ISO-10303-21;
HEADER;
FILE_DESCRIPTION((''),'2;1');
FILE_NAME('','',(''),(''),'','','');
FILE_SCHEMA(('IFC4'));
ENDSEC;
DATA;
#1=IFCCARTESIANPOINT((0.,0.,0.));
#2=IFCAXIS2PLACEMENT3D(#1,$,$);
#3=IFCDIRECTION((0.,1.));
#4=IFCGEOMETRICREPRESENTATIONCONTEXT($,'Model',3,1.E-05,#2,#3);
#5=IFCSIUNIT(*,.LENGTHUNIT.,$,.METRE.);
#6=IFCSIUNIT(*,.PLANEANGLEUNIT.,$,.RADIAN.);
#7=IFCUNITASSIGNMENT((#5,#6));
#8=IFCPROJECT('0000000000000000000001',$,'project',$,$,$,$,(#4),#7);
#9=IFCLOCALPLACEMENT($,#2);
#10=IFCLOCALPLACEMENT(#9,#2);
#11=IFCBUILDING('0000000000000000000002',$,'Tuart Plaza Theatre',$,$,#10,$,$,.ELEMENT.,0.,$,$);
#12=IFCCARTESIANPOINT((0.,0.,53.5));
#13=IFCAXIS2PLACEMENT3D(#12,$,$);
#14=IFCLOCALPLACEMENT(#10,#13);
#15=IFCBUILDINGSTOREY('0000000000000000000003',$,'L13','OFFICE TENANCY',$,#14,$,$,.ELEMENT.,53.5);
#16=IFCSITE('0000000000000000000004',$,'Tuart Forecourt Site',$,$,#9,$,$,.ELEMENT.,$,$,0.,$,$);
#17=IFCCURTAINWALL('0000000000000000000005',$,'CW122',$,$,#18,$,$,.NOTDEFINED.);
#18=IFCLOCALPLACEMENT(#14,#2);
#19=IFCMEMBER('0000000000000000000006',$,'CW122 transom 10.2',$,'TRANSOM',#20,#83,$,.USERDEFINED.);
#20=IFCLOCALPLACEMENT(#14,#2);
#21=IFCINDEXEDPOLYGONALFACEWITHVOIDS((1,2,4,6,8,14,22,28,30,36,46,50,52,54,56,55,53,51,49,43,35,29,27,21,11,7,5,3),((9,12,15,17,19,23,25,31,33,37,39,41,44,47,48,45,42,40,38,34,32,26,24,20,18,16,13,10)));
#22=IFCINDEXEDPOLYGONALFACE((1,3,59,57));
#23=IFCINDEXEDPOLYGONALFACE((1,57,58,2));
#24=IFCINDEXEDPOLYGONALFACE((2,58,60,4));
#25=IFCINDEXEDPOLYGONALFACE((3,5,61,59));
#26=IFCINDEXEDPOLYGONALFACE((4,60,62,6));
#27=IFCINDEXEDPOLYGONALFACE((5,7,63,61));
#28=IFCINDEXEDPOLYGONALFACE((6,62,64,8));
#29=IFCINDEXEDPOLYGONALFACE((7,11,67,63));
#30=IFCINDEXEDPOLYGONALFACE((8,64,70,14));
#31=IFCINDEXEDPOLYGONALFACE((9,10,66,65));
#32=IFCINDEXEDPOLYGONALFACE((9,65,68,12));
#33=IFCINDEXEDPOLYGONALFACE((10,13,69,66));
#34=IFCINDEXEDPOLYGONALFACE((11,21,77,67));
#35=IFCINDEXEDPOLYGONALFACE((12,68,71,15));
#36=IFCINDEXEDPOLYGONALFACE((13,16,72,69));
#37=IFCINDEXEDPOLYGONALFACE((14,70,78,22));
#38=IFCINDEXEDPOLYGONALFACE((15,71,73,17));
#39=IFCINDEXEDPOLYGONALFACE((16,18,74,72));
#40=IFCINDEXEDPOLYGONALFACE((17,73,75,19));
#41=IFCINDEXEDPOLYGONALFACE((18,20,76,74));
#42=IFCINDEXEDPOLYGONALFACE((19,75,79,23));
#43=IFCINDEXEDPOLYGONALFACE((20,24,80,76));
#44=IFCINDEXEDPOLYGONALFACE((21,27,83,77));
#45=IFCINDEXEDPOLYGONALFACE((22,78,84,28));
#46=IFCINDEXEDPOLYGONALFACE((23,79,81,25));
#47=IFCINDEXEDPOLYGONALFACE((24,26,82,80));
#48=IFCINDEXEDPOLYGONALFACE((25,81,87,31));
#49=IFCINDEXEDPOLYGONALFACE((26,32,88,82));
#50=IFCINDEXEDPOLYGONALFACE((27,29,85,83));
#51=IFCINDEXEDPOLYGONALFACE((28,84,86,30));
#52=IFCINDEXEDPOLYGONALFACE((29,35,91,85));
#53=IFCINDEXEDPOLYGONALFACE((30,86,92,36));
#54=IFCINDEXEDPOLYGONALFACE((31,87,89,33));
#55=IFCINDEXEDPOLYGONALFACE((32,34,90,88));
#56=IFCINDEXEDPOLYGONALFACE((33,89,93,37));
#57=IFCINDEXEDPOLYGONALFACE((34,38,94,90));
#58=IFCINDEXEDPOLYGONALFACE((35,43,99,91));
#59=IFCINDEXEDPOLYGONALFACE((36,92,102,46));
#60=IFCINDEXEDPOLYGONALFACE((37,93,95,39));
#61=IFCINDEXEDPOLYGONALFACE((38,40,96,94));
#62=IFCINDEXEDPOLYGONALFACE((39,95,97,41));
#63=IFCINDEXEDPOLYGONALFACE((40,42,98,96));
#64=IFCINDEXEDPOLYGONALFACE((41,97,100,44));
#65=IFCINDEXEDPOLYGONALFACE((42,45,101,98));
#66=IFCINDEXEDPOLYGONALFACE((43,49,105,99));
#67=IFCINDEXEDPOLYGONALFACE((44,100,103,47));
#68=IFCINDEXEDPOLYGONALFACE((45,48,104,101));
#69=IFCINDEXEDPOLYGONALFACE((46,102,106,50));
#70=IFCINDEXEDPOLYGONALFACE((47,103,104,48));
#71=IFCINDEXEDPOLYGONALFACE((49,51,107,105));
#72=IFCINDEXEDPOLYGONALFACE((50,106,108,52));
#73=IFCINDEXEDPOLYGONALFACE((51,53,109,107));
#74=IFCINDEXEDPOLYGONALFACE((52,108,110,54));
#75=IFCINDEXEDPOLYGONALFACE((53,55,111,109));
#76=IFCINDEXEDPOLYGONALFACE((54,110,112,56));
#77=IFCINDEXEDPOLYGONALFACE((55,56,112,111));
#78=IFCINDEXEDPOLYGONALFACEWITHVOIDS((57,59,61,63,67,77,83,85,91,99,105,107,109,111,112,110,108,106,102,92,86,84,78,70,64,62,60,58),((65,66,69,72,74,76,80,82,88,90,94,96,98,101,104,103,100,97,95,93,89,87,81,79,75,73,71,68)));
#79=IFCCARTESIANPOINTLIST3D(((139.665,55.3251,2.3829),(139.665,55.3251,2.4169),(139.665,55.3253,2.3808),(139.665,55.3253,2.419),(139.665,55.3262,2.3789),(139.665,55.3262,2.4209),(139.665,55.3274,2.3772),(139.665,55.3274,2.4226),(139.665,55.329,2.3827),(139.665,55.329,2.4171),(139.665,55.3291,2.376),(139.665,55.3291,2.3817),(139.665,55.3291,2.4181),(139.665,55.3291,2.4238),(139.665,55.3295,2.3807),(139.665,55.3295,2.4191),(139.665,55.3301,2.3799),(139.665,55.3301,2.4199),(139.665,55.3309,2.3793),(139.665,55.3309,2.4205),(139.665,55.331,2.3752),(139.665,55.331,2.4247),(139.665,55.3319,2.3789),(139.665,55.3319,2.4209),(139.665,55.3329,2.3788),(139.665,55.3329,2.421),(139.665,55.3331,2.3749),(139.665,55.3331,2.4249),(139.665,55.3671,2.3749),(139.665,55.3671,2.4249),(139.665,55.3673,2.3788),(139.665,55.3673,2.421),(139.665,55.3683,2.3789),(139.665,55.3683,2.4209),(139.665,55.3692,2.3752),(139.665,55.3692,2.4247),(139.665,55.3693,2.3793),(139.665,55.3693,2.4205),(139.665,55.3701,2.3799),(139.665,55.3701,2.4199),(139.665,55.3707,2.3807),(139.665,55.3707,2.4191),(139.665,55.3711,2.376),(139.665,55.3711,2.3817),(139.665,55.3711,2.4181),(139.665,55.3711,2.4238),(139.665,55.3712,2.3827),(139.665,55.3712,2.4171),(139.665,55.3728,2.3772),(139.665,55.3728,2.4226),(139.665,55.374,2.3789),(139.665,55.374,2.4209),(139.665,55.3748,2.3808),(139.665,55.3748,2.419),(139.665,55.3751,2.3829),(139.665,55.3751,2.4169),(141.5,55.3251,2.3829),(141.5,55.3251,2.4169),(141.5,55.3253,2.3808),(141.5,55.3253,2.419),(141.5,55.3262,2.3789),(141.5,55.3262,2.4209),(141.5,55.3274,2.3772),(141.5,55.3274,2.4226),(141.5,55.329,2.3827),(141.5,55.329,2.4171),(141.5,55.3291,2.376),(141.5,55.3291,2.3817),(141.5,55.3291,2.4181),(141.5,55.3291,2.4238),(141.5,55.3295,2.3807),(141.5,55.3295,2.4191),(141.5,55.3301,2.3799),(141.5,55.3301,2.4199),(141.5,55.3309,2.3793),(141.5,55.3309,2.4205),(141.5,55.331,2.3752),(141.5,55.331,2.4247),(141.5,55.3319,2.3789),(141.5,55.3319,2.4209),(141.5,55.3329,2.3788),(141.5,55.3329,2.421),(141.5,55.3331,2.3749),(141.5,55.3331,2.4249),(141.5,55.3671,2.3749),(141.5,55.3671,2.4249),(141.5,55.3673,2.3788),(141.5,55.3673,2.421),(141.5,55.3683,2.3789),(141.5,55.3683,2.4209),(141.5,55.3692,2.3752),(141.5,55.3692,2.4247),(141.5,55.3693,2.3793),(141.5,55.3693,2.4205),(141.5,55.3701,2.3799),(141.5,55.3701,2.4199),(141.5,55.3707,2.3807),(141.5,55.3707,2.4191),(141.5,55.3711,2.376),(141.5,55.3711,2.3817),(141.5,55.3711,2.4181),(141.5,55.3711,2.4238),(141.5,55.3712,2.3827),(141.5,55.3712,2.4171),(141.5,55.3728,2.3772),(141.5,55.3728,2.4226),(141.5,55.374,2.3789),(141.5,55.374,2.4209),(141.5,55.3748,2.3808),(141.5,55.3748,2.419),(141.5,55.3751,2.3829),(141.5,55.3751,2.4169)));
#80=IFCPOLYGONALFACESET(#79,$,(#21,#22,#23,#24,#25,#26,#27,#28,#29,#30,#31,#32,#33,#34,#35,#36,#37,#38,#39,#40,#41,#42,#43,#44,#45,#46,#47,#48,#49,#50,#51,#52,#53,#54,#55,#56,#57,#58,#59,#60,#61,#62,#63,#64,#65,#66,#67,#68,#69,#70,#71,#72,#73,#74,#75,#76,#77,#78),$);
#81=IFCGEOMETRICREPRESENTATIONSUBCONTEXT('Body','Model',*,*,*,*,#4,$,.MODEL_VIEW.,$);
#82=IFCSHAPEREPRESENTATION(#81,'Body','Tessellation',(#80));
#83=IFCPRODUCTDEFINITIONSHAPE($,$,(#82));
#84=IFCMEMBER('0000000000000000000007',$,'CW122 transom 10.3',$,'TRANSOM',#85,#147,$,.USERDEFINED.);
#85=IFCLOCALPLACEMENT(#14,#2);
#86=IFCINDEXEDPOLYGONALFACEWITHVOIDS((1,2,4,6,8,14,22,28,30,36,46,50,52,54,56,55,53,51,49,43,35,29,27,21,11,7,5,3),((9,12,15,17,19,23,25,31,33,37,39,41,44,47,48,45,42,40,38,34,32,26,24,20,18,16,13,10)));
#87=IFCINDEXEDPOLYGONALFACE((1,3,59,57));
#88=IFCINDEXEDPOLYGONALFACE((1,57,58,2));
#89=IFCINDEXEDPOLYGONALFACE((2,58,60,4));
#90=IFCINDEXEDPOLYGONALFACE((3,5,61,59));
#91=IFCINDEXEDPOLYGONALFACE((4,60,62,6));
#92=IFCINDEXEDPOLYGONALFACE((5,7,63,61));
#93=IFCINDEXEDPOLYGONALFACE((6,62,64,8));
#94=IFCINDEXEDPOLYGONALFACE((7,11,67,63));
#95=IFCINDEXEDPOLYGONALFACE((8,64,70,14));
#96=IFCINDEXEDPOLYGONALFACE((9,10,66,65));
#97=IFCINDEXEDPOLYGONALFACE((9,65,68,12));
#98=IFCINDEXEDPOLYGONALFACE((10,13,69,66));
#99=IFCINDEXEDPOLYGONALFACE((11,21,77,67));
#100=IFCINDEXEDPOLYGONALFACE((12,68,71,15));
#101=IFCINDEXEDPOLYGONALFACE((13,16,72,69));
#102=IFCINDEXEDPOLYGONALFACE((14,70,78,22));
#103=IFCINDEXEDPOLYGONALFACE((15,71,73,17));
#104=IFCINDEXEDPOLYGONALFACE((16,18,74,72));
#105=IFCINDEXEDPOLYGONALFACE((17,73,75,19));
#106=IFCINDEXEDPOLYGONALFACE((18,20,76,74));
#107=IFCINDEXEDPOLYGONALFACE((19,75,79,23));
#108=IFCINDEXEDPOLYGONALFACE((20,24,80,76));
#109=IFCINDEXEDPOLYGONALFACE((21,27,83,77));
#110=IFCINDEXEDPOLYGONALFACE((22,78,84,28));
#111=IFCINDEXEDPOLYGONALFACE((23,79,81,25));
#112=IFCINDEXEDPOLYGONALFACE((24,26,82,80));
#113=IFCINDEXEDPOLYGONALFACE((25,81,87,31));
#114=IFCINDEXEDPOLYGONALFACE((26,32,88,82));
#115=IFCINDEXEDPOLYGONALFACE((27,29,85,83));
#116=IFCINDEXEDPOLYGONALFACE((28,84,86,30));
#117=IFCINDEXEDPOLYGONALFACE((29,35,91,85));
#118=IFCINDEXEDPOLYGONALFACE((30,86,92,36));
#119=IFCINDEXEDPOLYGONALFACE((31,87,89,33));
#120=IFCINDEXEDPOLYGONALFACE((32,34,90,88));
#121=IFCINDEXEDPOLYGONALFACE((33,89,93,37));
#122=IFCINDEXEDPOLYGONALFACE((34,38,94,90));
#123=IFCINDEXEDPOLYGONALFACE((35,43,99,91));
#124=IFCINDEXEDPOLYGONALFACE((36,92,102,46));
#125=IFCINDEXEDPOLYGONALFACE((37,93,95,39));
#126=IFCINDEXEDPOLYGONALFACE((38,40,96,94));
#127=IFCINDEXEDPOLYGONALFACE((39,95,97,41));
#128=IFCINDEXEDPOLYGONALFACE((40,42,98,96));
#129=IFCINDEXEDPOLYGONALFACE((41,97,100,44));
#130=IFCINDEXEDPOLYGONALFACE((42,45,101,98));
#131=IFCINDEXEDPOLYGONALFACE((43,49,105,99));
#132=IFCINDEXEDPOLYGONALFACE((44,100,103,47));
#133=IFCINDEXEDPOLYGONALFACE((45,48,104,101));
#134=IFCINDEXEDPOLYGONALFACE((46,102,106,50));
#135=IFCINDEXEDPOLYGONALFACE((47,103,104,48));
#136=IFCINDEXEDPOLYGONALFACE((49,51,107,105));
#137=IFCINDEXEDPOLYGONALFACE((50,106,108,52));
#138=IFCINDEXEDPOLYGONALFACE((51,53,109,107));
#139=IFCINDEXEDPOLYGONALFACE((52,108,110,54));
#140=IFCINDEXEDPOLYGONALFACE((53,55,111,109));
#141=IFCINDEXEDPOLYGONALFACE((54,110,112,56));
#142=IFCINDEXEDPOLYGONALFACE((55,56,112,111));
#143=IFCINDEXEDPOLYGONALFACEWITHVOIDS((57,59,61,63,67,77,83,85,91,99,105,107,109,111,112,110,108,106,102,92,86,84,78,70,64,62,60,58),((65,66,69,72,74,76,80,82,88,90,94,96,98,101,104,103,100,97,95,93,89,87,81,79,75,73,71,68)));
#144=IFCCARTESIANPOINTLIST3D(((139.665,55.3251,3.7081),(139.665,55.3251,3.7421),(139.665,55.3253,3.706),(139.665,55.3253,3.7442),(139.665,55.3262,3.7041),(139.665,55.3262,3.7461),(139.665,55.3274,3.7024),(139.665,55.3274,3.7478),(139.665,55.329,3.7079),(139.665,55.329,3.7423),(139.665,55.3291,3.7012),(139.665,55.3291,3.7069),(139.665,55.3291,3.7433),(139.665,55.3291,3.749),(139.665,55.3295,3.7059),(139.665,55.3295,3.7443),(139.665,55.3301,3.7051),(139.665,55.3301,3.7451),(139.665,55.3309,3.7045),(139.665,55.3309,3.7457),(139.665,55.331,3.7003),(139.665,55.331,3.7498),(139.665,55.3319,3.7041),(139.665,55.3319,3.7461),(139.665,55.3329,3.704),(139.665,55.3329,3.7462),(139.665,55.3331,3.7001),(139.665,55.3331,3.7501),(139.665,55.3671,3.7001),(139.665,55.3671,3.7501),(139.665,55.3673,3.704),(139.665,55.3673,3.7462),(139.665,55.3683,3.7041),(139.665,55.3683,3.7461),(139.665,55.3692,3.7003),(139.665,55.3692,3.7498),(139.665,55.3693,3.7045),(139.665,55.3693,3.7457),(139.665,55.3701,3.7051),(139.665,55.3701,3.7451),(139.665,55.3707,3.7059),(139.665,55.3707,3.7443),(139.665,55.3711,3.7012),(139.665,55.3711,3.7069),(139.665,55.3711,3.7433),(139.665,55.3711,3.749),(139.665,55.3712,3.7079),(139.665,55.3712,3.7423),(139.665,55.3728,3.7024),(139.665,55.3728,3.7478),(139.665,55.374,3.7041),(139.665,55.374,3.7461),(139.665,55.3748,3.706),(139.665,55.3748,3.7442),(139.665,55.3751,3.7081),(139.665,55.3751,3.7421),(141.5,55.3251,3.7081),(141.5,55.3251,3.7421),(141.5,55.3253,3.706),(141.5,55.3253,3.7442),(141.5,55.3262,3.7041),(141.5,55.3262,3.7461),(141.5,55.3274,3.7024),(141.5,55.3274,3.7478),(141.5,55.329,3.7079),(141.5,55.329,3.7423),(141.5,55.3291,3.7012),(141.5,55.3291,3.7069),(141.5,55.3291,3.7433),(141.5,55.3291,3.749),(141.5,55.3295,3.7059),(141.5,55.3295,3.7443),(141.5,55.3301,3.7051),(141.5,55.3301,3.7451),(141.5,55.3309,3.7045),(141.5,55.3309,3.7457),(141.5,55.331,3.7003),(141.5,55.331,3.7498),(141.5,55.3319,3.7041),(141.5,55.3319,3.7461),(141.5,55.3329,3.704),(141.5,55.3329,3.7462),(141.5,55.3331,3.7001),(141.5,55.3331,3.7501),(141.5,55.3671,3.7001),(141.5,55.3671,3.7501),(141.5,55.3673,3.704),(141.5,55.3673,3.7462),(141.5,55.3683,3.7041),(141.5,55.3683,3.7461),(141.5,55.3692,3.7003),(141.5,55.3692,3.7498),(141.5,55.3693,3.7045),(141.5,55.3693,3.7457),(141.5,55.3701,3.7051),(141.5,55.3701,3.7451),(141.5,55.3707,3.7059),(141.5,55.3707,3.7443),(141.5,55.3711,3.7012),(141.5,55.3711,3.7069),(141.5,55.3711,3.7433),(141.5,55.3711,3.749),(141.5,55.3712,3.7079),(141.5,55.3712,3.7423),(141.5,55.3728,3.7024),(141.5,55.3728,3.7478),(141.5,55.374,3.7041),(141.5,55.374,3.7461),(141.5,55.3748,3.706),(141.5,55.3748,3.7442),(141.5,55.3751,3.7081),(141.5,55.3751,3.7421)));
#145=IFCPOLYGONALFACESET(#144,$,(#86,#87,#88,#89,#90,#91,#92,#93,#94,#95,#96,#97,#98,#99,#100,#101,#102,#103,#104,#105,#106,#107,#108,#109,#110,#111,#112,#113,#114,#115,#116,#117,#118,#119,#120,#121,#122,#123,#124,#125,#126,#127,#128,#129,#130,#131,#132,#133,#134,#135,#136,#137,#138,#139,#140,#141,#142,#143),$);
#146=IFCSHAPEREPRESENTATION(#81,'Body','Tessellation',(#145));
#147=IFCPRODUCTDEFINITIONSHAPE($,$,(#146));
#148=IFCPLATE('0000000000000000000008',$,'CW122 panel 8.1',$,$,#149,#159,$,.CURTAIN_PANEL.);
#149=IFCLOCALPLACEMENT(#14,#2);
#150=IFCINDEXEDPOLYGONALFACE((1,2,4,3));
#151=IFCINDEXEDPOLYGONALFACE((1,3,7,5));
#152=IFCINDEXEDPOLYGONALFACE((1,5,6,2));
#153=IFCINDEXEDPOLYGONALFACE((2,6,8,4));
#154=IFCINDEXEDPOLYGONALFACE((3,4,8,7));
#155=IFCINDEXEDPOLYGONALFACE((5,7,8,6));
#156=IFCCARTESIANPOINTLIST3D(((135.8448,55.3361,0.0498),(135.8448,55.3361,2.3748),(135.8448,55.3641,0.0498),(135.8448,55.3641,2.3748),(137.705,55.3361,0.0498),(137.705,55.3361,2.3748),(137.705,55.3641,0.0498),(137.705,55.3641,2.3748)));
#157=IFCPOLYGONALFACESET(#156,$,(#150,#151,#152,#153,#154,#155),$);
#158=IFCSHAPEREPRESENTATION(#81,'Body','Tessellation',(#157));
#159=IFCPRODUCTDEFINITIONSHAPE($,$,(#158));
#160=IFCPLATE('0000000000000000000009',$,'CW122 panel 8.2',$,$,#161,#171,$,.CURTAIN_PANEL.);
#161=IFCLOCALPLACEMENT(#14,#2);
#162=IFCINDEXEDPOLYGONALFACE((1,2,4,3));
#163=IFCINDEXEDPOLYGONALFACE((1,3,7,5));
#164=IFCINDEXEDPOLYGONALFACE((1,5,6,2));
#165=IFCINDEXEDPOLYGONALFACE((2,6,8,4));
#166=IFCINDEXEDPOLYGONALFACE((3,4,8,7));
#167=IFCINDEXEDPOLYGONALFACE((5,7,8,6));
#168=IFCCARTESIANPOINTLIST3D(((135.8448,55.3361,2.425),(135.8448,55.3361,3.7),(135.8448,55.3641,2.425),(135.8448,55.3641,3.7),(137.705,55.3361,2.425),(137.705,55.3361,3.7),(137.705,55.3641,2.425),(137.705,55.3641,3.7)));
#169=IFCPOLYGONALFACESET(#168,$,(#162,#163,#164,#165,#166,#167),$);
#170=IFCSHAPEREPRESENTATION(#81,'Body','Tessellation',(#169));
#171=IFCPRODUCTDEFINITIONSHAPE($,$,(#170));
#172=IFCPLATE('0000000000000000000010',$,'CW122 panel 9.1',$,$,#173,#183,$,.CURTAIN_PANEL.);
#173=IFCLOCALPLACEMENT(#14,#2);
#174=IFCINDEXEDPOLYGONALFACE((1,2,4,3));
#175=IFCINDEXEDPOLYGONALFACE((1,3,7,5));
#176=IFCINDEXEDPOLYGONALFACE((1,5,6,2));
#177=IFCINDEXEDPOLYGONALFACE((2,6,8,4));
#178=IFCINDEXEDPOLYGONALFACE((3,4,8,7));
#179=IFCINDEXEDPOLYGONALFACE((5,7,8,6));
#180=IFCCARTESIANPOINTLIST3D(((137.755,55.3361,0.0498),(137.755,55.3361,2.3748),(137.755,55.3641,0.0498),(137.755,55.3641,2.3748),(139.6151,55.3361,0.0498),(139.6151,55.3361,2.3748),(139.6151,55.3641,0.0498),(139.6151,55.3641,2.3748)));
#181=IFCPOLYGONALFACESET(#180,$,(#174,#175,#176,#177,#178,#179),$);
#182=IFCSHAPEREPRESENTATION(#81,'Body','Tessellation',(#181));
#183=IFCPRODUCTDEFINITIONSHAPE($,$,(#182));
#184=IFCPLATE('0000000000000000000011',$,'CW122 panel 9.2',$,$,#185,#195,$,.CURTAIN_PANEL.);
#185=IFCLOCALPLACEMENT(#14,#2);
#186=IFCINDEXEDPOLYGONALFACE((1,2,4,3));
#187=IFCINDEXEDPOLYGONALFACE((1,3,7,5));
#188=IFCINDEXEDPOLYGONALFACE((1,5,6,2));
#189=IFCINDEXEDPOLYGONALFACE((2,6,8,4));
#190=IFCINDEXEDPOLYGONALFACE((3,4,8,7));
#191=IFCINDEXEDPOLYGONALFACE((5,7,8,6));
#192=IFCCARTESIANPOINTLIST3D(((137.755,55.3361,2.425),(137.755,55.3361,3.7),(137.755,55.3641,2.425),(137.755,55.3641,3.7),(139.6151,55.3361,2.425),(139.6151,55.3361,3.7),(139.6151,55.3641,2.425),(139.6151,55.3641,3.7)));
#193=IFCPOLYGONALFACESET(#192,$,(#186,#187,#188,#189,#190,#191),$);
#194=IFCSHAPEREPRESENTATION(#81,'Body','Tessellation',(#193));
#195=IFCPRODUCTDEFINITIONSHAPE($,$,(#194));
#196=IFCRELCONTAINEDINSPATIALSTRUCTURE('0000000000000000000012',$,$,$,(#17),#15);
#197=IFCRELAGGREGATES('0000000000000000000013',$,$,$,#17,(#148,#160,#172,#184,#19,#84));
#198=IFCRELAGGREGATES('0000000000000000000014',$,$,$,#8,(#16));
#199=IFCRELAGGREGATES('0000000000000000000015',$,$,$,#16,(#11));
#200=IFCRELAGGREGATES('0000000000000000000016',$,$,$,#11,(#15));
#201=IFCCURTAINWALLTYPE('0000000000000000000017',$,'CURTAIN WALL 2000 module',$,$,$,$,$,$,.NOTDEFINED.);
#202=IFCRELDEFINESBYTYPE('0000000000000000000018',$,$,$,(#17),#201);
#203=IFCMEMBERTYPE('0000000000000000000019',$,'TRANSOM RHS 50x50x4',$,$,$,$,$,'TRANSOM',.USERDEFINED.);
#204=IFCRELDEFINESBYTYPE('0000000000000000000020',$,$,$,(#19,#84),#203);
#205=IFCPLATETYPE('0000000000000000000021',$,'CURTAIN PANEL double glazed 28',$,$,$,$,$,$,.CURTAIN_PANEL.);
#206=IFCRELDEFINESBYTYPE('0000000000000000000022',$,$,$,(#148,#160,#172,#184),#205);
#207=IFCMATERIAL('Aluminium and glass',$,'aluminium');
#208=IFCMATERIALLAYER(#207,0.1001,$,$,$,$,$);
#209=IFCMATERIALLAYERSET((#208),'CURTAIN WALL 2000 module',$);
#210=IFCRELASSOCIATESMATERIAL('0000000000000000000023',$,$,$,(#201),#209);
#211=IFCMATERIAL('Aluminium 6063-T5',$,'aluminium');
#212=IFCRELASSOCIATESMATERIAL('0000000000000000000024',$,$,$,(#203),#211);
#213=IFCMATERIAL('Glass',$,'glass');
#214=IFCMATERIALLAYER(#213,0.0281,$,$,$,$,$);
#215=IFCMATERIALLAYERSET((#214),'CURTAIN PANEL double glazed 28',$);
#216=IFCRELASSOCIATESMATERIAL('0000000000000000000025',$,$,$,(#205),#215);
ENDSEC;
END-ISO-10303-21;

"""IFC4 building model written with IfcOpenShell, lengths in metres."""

from ifc_helpers import new_model, si_unit, direction, frame, origin, origin_2d, place, context, subcontext, project, spatial, rectangle, hollow_rectangle, extrude, material, layer, layer_set, material_profile, profile_set, type_object, element, aggregate, save


model = new_model("IFC4")

# Units and contexts
model_context = context("Model", 3, precision=1e-05, world=origin(), true_north=direction((0.0, 1.0)))
body_context = subcontext(model_context, "Body", "Model", "MODEL_VIEW")
ifc_project = project(units=[si_unit("LENGTHUNIT", "METRE"), si_unit("PLANEANGLEUNIT", "RADIAN")], contexts=[model_context])

# Site, building, storey
site_placement = place(None, origin())
site = spatial("IfcSite", under=ifc_project, at=site_placement, Name="Tuart Forecourt Site", CompositionType="ELEMENT", RefElevation=0.0)
building_placement = place(site_placement, origin())
building = spatial("IfcBuilding", under=site, at=building_placement, Name="Tuart Plaza Theatre", CompositionType="ELEMENT", ElevationOfRefHeight=0.0)
storey_placement = place(building_placement, frame((0.0, 0.0, 53.5)))
storey = spatial("IfcBuildingStorey", under=building, at=storey_placement, Name="L13", Description="OFFICE TENANCY", CompositionType="ELEMENT", Elevation=53.5)

# Curtain wall, members, plates
ifc_material_1 = material(Name="Aluminium and glass", Category="aluminium")
ifc_layer_1 = layer(ifc_material_1, 0.1001)
ifc_layer_set_1 = layer_set([ifc_layer_1], Name="CURTAIN WALL 2000 module")
curtain_wall_type = type_object("IfcCurtainWallType", Name="CURTAIN WALL 2000 module", PredefinedType="NOTDEFINED", material=ifc_layer_set_1)
curtain_wall_placement = place(storey_placement, origin())
curtain_wall = element("IfcCurtainWall", 1, at=curtain_wall_placement, inside=storey, type_object=curtain_wall_type, Name="CW122", PredefinedType="NOTDEFINED")
ifc_material_2 = material(Name="Aluminium 6063-T5", Category="aluminium")
ifc_material_profile_1 = material_profile(ifc_material_2, hollow_rectangle(XDim=0.05, YDim=0.05, WallThickness=0.0039, InnerFilletRadius=0.0039, OuterFilletRadius=0.0081, at=origin_2d()), Name="RHS 50x50x4")
ifc_profile_set_1 = profile_set([ifc_material_profile_1], Name="Aluminium 6063-T5")
member_type_1 = type_object("IfcMemberType", Name="TRANSOM RHS 50x50x4", ElementType="TRANSOM", PredefinedType="USERDEFINED", material=ifc_profile_set_1)
member_1_placement = place(storey_placement, frame((139.665, 55.3501, 2.3999), z_axis=(1.0, 0.0, 0.0), x_axis=(0.0, 1.0, 0.0)))
member_1 = element("IfcMember", 2, at=member_1_placement, type_object=member_type_1, Name="CW122 transom 10.2", ObjectType="TRANSOM", PredefinedType="USERDEFINED", context=body_context, shape_type="SweptSolid", body=[
    extrude(hollow_rectangle(XDim=0.05, YDim=0.05, WallThickness=0.0039, InnerFilletRadius=0.0039, OuterFilletRadius=0.0081, at=origin_2d()), origin(), (0.0, 0.0, 1.0), 1.835),
])
member_2_placement = place(storey_placement, frame((139.665, 55.3501, 3.7251), z_axis=(1.0, 0.0, 0.0), x_axis=(0.0, 1.0, 0.0)))
member_2 = element("IfcMember", 3, at=member_2_placement, type_object=member_type_1, Name="CW122 transom 10.3", ObjectType="TRANSOM", PredefinedType="USERDEFINED", context=body_context, shape_type="SweptSolid", body=[
    extrude(hollow_rectangle(XDim=0.05, YDim=0.05, WallThickness=0.0039, InnerFilletRadius=0.0039, OuterFilletRadius=0.0081, at=origin_2d()), origin(), (0.0, 0.0, 1.0), 1.835),
])
ifc_material_3 = material(Name="Glass", Category="glass")
ifc_layer_2 = layer(ifc_material_3, 0.0281)
ifc_layer_set_2 = layer_set([ifc_layer_2], Name="CURTAIN PANEL double glazed 28")
plate_type = type_object("IfcPlateType", Name="CURTAIN PANEL double glazed 28", PredefinedType="CURTAIN_PANEL", material=ifc_layer_set_2)
plate_1_placement = place(storey_placement, frame((136.7749, 55.3501, 0.0498), z_axis=(0.0, 0.0, 1.0), x_axis=(1.0, 0.0, 0.0)))
plate_1 = element("IfcPlate", 4, at=plate_1_placement, type_object=plate_type, Name="CW122 panel 8.1", PredefinedType="CURTAIN_PANEL", context=body_context, shape_type="SweptSolid", body=[
    extrude(rectangle(XDim=1.8601, YDim=0.0281, at=origin_2d()), origin(), (0.0, 0.0, 1.0), 2.325),
])
plate_2_placement = place(storey_placement, frame((136.7749, 55.3501, 2.425), z_axis=(0.0, 0.0, 1.0), x_axis=(1.0, 0.0, 0.0)))
plate_2 = element("IfcPlate", 5, at=plate_2_placement, type_object=plate_type, Name="CW122 panel 8.2", PredefinedType="CURTAIN_PANEL", context=body_context, shape_type="SweptSolid", body=[
    extrude(rectangle(XDim=1.8601, YDim=0.0281, at=origin_2d()), origin(), (0.0, 0.0, 1.0), 1.2749),
])
plate_3_placement = place(storey_placement, frame((138.6851, 55.3501, 0.0498), z_axis=(0.0, 0.0, 1.0), x_axis=(1.0, 0.0, 0.0)))
plate_3 = element("IfcPlate", 6, at=plate_3_placement, type_object=plate_type, Name="CW122 panel 9.1", PredefinedType="CURTAIN_PANEL", context=body_context, shape_type="SweptSolid", body=[
    extrude(rectangle(XDim=1.8601, YDim=0.0281, at=origin_2d()), origin(), (0.0, 0.0, 1.0), 2.325),
])
plate_4_placement = place(storey_placement, frame((138.6851, 55.3501, 2.425), z_axis=(0.0, 0.0, 1.0), x_axis=(1.0, 0.0, 0.0)))
plate_4 = element("IfcPlate", 7, at=plate_4_placement, type_object=plate_type, Name="CW122 panel 9.2", PredefinedType="CURTAIN_PANEL", context=body_context, shape_type="SweptSolid", body=[
    extrude(rectangle(XDim=1.8601, YDim=0.0281, at=origin_2d()), origin(), (0.0, 0.0, 1.0), 1.2749),
])
aggregate(curtain_wall, [plate_1, plate_2, plate_3, plate_4, member_1, member_2])

save(model, "model.ifc")
